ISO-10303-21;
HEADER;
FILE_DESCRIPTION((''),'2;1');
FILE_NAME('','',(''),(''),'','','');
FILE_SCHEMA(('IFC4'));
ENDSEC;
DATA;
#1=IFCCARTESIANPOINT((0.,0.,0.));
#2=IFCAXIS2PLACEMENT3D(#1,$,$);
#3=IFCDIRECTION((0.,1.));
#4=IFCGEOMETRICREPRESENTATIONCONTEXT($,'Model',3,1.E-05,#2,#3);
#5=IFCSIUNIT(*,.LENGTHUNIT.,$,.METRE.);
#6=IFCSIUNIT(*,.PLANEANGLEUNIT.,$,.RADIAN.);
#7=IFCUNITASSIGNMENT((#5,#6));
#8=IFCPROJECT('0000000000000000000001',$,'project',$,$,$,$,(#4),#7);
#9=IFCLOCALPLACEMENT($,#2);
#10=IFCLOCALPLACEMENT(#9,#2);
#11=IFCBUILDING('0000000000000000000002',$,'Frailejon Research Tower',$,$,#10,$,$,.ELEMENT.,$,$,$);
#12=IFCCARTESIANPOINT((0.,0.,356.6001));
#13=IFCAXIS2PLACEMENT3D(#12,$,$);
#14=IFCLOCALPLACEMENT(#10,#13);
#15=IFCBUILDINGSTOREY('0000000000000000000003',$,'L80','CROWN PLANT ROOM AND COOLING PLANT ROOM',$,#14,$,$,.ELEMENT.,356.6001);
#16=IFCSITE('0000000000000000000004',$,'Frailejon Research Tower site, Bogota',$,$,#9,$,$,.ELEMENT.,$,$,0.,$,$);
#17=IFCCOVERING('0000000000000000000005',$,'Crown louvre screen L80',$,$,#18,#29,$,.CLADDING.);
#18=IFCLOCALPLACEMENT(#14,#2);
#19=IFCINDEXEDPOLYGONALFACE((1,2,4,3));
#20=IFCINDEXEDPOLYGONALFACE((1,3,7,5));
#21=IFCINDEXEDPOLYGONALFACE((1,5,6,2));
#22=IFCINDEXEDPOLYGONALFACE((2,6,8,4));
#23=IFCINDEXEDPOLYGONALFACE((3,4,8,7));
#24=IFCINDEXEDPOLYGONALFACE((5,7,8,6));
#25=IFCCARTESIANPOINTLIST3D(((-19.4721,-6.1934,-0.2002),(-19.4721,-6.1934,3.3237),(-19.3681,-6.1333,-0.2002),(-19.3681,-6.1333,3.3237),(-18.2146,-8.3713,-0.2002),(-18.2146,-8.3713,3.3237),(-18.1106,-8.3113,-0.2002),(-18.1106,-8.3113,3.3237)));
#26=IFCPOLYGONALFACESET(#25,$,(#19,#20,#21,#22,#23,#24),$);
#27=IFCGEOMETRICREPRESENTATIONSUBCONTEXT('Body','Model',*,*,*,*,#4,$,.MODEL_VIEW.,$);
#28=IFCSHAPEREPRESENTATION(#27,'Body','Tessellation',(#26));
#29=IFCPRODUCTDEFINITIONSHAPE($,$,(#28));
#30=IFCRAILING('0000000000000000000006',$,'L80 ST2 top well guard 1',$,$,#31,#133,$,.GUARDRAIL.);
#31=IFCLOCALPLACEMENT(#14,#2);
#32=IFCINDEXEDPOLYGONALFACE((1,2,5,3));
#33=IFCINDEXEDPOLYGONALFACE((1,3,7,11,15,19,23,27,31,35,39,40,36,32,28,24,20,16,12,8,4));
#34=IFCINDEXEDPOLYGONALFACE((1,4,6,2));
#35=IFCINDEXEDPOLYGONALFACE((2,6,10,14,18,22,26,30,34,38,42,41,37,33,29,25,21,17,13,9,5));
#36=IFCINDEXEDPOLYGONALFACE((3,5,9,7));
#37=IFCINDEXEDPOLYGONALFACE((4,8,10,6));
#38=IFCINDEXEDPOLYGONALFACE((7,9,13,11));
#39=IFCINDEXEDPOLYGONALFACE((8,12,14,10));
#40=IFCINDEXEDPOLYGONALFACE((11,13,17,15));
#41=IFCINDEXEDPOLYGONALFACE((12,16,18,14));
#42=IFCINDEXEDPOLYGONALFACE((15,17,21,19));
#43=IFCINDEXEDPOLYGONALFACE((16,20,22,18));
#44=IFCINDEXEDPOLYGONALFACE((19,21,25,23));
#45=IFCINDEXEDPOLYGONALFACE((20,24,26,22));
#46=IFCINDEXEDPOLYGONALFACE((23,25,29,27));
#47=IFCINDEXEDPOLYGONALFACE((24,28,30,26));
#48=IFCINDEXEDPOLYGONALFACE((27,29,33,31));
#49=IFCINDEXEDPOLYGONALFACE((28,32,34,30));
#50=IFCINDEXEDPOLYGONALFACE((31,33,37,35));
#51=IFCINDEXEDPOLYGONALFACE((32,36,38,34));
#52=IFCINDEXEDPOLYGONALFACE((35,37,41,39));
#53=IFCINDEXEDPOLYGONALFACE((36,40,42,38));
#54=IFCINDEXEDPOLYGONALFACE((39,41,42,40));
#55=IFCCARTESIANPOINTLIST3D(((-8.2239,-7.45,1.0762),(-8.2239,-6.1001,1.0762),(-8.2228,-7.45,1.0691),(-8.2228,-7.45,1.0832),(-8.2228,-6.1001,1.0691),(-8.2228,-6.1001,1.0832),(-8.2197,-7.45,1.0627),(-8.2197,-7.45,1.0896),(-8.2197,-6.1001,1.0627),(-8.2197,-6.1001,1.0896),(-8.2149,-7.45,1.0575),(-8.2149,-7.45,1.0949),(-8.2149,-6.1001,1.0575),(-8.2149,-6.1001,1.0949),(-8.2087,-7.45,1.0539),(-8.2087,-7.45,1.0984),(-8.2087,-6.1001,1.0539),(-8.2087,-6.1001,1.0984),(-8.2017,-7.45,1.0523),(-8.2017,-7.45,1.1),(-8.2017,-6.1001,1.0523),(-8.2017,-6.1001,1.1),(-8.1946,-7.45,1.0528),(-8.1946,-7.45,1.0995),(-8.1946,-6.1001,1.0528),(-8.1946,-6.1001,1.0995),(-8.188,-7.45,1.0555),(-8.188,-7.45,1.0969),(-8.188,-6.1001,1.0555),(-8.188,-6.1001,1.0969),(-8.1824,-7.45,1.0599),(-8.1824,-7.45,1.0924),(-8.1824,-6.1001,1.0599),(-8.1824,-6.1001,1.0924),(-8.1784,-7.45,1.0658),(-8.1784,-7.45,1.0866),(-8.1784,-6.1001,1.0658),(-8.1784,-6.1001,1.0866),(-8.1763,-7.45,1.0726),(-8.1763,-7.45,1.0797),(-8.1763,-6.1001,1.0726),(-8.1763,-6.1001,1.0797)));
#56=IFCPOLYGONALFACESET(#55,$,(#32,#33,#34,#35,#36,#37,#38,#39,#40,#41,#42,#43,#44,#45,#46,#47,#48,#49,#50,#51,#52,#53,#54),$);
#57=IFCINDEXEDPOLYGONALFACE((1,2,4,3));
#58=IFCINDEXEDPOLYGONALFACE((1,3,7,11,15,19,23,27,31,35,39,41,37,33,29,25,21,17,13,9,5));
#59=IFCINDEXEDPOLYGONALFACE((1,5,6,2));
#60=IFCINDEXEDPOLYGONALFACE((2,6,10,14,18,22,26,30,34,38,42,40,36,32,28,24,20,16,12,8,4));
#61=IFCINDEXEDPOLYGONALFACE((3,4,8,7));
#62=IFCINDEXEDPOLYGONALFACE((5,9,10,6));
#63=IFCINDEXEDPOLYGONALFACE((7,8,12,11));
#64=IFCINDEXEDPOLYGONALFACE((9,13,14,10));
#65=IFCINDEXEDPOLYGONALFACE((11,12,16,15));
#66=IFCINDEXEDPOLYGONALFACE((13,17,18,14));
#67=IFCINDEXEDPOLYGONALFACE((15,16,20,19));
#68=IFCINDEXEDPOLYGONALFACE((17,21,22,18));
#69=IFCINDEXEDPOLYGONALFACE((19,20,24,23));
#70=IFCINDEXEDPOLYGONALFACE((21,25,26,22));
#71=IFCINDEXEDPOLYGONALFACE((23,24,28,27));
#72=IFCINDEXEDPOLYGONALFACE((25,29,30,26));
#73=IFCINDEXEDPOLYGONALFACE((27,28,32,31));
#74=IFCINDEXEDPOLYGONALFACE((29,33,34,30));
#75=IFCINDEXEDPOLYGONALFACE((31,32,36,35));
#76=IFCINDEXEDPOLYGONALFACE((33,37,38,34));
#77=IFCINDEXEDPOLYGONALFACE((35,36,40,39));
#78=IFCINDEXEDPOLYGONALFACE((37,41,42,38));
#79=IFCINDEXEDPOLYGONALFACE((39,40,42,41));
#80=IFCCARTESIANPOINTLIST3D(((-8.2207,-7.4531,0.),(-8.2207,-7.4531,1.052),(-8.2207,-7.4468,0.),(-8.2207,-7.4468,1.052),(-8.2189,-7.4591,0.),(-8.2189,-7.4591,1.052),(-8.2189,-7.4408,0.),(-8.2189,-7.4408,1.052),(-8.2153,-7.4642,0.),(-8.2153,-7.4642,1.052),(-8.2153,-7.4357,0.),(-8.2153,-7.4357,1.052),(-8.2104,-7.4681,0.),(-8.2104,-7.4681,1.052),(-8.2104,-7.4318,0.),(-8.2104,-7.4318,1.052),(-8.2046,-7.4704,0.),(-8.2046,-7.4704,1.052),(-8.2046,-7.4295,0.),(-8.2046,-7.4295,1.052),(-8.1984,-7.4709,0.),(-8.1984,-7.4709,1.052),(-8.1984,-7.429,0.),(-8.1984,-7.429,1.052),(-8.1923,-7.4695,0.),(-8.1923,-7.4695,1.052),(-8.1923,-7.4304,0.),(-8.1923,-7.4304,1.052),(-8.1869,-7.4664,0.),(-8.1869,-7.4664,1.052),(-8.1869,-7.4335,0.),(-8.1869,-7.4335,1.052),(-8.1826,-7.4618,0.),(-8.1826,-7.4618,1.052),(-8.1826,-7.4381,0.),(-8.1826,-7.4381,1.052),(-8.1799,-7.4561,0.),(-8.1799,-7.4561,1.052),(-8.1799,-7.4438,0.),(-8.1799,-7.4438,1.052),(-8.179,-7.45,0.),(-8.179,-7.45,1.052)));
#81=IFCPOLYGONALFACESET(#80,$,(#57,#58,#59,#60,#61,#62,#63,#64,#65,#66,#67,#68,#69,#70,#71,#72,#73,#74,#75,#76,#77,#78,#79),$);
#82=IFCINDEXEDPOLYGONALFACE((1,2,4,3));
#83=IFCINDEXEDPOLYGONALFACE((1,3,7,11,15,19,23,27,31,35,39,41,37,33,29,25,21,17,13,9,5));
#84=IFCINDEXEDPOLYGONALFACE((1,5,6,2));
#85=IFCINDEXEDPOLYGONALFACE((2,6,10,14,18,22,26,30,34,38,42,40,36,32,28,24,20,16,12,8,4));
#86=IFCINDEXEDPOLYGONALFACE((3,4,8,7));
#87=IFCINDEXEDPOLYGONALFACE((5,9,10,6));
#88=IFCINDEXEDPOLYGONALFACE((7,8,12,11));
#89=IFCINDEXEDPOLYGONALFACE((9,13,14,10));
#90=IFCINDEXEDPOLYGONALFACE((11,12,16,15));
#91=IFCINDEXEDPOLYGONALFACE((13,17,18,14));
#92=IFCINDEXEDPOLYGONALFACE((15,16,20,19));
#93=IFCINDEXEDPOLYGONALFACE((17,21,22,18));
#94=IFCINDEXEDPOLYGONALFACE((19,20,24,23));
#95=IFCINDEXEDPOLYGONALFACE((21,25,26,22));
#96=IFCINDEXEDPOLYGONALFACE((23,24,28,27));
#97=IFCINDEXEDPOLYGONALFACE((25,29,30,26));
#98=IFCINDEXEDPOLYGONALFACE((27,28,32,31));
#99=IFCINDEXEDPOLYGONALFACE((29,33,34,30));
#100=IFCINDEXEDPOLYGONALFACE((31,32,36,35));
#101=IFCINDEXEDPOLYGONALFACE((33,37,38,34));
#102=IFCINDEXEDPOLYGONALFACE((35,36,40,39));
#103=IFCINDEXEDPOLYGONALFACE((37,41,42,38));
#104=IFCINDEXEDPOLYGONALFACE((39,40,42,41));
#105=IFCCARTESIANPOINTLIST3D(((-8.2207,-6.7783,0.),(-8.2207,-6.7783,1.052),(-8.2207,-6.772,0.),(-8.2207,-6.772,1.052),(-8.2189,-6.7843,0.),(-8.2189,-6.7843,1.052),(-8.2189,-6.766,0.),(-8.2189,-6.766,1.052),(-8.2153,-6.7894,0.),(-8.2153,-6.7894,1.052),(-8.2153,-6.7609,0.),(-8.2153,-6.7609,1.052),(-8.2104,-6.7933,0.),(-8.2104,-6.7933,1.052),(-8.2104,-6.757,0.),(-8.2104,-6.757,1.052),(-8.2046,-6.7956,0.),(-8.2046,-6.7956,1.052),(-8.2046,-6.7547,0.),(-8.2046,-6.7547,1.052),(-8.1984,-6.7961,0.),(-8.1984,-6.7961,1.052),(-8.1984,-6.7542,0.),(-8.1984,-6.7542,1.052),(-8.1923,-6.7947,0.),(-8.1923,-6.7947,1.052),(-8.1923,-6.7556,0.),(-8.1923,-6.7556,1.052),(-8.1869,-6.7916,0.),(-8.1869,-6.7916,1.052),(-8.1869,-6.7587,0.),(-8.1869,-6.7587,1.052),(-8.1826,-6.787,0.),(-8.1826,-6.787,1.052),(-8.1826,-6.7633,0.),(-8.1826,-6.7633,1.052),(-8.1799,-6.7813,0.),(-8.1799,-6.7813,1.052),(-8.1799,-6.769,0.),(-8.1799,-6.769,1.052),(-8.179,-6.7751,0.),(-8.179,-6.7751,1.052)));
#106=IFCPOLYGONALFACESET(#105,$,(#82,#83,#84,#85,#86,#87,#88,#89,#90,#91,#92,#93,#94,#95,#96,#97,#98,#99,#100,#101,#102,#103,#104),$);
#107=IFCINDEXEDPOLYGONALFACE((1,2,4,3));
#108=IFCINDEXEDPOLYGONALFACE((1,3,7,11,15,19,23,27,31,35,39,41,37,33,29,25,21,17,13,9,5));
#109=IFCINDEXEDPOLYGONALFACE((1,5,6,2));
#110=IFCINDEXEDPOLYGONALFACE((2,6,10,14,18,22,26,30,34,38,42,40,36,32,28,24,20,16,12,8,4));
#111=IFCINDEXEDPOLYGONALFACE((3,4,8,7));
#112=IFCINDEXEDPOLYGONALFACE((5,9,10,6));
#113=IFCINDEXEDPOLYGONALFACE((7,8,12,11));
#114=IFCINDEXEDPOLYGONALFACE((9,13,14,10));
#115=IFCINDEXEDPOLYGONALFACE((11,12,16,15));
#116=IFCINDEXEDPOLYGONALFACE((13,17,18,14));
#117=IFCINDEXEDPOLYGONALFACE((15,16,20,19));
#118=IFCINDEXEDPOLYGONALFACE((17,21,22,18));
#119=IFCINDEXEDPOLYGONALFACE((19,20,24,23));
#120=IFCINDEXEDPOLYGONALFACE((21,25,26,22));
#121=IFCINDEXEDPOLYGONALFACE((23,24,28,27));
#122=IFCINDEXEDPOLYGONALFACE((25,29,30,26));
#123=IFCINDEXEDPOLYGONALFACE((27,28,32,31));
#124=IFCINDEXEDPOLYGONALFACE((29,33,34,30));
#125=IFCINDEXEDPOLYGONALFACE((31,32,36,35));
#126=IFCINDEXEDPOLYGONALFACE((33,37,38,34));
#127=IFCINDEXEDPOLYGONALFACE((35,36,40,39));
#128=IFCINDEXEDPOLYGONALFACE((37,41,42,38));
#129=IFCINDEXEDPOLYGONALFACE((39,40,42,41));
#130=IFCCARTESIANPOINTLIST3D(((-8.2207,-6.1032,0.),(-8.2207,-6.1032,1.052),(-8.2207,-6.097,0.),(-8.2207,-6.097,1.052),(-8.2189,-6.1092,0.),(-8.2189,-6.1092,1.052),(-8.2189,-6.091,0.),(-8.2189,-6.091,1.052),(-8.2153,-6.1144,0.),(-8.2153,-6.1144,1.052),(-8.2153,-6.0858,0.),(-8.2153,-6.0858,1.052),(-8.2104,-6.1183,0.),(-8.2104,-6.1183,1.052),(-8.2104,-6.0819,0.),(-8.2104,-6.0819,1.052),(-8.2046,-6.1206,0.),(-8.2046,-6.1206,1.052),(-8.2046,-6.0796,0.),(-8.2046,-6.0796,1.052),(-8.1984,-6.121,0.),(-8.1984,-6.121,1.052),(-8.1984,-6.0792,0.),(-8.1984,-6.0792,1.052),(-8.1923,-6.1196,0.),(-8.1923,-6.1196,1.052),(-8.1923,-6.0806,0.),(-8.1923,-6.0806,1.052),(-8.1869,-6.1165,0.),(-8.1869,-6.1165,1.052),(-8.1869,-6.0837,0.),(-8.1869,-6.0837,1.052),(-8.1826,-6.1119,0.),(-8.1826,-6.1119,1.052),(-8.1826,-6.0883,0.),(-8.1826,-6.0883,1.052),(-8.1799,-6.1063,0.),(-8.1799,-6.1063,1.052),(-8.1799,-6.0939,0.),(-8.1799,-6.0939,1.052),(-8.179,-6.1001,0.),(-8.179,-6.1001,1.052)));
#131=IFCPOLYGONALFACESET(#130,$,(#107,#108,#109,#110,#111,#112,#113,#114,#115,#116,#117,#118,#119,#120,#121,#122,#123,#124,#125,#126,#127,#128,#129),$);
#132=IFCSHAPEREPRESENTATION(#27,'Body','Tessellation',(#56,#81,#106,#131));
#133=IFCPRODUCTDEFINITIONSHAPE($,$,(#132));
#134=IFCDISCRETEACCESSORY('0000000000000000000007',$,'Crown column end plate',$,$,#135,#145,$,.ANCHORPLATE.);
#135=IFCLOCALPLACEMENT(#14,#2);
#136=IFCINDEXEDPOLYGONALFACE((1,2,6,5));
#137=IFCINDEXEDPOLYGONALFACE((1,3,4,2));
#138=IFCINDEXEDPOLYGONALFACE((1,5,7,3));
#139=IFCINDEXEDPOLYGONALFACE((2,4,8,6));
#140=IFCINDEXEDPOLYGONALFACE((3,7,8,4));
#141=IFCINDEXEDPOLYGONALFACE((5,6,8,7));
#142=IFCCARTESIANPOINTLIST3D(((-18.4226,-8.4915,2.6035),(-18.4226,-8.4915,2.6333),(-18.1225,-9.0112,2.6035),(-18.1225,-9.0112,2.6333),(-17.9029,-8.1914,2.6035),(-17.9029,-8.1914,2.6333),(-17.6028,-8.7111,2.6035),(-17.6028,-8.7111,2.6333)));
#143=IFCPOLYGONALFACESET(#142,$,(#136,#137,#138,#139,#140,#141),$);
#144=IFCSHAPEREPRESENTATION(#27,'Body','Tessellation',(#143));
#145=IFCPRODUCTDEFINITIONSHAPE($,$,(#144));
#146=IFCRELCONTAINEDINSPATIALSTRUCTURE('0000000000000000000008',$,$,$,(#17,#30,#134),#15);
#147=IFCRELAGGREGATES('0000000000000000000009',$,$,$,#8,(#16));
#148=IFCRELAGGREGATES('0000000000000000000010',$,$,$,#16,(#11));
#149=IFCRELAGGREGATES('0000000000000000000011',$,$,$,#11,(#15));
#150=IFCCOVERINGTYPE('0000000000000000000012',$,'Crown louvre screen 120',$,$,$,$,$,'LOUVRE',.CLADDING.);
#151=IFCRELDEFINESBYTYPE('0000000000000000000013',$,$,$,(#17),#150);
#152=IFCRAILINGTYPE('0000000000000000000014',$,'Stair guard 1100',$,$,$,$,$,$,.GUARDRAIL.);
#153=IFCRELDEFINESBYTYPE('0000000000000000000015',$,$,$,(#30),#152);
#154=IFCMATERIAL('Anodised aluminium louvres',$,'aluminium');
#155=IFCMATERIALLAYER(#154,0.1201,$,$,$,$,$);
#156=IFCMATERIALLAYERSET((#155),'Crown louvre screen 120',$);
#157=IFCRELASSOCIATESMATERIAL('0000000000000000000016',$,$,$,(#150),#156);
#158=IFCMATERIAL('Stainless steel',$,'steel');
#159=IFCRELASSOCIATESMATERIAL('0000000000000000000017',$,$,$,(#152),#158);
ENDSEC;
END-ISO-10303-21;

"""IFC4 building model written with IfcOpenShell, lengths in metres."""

from ifc_helpers import new_model, si_unit, direction, frame, origin, origin_2d, place, context, subcontext, project, spatial, polyline, rectangle, circle, outline, extrude, material, layer, layer_set, type_object, element, save


model = new_model("IFC4")

# Units and contexts
model_context = context("Model", 3, precision=1e-05, world=origin(), true_north=direction((0.0, 1.0)))
body_context = subcontext(model_context, "Body", "Model", "MODEL_VIEW")
ifc_project = project(units=[si_unit("LENGTHUNIT", "METRE"), si_unit("PLANEANGLEUNIT", "RADIAN")], contexts=[model_context])

# Site, building, storey
site_placement = place(None, origin())
site = spatial("IfcSite", under=ifc_project, at=site_placement, Name="Frailejon Research Tower site, Bogota", CompositionType="ELEMENT", RefElevation=0.0)
building_placement = place(site_placement, origin())
building = spatial("IfcBuilding", under=site, at=building_placement, Name="Frailejon Research Tower", CompositionType="ELEMENT")
storey_placement = place(building_placement, frame((0.0, 0.0, 356.6001)))
storey = spatial("IfcBuildingStorey", under=building, at=storey_placement, Name="L80", Description="CROWN PLANT ROOM AND COOLING PLANT ROOM", CompositionType="ELEMENT", Elevation=356.6001)

# Covering
ifc_material_1 = material(Name="Anodised aluminium louvres", Category="aluminium")
ifc_layer_1 = layer(ifc_material_1, 0.1201)
ifc_layer_set_1 = layer_set([ifc_layer_1], Name="Crown louvre screen 120")
covering_type = type_object("IfcCoveringType", Name="Crown louvre screen 120", ElementType="LOUVRE", PredefinedType="CLADDING", material=ifc_layer_set_1)
covering_placement = place(storey_placement, frame((-18.1626, -8.3413, -0.2002), z_axis=(-0.500009, 0.86602, 0.0), x_axis=(-0.86602, -0.500009, 0.0)))
element("IfcCovering", 1, at=covering_placement, inside=storey, type_object=covering_type, Name="Crown louvre screen L80", PredefinedType="CLADDING", context=body_context, shape_type="SweptSolid", body=[
    extrude(outline(polyline([(-0.0601, 0.0), (0.0601, 0.0), (0.0601, 3.5239), (-0.0601, 3.5239), (-0.0601, 0.0)])), origin(), (0.0, 0.0, 1.0), 2.5149),
])

# Railing
ifc_material_2 = material(Name="Stainless steel", Category="steel")
railing_type_1 = type_object("IfcRailingType", Name="Stair guard 1100", PredefinedType="GUARDRAIL", material=ifc_material_2)
railing_1_placement = place(storey_placement, frame((-8.2, -7.45, 0.0)))
element("IfcRailing", 2, at=railing_1_placement, inside=storey, type_object=railing_type_1, Name="L80 ST2 top well guard 1", PredefinedType="GUARDRAIL", context=body_context, shape_type="SweptSolid", body=[
    extrude(circle(Radius=0.0239, at=origin_2d()), frame((0.0, 0.0, 1.0762), z_axis=(0.0, 1.0, 0.0), x_axis=(-1.0, 0.0, 0.0)), (0.0, 0.0, 1.0), 1.3499),
    extrude(circle(Radius=0.021, at=origin_2d()), origin(), (0.0, 0.0, 1.0), 1.052),
    extrude(circle(Radius=0.021, at=origin_2d()), frame((0.0, 0.6748, 0.0)), (0.0, 0.0, 1.0), 1.052),
    extrude(circle(Radius=0.021, at=origin_2d()), frame((0.0, 1.3499, 0.0)), (0.0, 0.0, 1.0), 1.052),
])

# Discrete accessory
discrete_accessory_placement = place(storey_placement, frame((-18.0127, -8.6013, 2.6035), z_axis=(0.0, 0.0, 1.0), x_axis=(0.5, -0.866025, 0.0)))
element("IfcDiscreteAccessory", 3, at=discrete_accessory_placement, inside=storey, Name="Crown column end plate", PredefinedType="ANCHORPLATE", context=body_context, shape_type="SweptSolid", body=[
    extrude(rectangle(XDim=0.6001, YDim=0.6001, at=origin_2d()), origin(), (0.0, 0.0, 1.0), 0.0298),
])

save(model, "model.ifc")
